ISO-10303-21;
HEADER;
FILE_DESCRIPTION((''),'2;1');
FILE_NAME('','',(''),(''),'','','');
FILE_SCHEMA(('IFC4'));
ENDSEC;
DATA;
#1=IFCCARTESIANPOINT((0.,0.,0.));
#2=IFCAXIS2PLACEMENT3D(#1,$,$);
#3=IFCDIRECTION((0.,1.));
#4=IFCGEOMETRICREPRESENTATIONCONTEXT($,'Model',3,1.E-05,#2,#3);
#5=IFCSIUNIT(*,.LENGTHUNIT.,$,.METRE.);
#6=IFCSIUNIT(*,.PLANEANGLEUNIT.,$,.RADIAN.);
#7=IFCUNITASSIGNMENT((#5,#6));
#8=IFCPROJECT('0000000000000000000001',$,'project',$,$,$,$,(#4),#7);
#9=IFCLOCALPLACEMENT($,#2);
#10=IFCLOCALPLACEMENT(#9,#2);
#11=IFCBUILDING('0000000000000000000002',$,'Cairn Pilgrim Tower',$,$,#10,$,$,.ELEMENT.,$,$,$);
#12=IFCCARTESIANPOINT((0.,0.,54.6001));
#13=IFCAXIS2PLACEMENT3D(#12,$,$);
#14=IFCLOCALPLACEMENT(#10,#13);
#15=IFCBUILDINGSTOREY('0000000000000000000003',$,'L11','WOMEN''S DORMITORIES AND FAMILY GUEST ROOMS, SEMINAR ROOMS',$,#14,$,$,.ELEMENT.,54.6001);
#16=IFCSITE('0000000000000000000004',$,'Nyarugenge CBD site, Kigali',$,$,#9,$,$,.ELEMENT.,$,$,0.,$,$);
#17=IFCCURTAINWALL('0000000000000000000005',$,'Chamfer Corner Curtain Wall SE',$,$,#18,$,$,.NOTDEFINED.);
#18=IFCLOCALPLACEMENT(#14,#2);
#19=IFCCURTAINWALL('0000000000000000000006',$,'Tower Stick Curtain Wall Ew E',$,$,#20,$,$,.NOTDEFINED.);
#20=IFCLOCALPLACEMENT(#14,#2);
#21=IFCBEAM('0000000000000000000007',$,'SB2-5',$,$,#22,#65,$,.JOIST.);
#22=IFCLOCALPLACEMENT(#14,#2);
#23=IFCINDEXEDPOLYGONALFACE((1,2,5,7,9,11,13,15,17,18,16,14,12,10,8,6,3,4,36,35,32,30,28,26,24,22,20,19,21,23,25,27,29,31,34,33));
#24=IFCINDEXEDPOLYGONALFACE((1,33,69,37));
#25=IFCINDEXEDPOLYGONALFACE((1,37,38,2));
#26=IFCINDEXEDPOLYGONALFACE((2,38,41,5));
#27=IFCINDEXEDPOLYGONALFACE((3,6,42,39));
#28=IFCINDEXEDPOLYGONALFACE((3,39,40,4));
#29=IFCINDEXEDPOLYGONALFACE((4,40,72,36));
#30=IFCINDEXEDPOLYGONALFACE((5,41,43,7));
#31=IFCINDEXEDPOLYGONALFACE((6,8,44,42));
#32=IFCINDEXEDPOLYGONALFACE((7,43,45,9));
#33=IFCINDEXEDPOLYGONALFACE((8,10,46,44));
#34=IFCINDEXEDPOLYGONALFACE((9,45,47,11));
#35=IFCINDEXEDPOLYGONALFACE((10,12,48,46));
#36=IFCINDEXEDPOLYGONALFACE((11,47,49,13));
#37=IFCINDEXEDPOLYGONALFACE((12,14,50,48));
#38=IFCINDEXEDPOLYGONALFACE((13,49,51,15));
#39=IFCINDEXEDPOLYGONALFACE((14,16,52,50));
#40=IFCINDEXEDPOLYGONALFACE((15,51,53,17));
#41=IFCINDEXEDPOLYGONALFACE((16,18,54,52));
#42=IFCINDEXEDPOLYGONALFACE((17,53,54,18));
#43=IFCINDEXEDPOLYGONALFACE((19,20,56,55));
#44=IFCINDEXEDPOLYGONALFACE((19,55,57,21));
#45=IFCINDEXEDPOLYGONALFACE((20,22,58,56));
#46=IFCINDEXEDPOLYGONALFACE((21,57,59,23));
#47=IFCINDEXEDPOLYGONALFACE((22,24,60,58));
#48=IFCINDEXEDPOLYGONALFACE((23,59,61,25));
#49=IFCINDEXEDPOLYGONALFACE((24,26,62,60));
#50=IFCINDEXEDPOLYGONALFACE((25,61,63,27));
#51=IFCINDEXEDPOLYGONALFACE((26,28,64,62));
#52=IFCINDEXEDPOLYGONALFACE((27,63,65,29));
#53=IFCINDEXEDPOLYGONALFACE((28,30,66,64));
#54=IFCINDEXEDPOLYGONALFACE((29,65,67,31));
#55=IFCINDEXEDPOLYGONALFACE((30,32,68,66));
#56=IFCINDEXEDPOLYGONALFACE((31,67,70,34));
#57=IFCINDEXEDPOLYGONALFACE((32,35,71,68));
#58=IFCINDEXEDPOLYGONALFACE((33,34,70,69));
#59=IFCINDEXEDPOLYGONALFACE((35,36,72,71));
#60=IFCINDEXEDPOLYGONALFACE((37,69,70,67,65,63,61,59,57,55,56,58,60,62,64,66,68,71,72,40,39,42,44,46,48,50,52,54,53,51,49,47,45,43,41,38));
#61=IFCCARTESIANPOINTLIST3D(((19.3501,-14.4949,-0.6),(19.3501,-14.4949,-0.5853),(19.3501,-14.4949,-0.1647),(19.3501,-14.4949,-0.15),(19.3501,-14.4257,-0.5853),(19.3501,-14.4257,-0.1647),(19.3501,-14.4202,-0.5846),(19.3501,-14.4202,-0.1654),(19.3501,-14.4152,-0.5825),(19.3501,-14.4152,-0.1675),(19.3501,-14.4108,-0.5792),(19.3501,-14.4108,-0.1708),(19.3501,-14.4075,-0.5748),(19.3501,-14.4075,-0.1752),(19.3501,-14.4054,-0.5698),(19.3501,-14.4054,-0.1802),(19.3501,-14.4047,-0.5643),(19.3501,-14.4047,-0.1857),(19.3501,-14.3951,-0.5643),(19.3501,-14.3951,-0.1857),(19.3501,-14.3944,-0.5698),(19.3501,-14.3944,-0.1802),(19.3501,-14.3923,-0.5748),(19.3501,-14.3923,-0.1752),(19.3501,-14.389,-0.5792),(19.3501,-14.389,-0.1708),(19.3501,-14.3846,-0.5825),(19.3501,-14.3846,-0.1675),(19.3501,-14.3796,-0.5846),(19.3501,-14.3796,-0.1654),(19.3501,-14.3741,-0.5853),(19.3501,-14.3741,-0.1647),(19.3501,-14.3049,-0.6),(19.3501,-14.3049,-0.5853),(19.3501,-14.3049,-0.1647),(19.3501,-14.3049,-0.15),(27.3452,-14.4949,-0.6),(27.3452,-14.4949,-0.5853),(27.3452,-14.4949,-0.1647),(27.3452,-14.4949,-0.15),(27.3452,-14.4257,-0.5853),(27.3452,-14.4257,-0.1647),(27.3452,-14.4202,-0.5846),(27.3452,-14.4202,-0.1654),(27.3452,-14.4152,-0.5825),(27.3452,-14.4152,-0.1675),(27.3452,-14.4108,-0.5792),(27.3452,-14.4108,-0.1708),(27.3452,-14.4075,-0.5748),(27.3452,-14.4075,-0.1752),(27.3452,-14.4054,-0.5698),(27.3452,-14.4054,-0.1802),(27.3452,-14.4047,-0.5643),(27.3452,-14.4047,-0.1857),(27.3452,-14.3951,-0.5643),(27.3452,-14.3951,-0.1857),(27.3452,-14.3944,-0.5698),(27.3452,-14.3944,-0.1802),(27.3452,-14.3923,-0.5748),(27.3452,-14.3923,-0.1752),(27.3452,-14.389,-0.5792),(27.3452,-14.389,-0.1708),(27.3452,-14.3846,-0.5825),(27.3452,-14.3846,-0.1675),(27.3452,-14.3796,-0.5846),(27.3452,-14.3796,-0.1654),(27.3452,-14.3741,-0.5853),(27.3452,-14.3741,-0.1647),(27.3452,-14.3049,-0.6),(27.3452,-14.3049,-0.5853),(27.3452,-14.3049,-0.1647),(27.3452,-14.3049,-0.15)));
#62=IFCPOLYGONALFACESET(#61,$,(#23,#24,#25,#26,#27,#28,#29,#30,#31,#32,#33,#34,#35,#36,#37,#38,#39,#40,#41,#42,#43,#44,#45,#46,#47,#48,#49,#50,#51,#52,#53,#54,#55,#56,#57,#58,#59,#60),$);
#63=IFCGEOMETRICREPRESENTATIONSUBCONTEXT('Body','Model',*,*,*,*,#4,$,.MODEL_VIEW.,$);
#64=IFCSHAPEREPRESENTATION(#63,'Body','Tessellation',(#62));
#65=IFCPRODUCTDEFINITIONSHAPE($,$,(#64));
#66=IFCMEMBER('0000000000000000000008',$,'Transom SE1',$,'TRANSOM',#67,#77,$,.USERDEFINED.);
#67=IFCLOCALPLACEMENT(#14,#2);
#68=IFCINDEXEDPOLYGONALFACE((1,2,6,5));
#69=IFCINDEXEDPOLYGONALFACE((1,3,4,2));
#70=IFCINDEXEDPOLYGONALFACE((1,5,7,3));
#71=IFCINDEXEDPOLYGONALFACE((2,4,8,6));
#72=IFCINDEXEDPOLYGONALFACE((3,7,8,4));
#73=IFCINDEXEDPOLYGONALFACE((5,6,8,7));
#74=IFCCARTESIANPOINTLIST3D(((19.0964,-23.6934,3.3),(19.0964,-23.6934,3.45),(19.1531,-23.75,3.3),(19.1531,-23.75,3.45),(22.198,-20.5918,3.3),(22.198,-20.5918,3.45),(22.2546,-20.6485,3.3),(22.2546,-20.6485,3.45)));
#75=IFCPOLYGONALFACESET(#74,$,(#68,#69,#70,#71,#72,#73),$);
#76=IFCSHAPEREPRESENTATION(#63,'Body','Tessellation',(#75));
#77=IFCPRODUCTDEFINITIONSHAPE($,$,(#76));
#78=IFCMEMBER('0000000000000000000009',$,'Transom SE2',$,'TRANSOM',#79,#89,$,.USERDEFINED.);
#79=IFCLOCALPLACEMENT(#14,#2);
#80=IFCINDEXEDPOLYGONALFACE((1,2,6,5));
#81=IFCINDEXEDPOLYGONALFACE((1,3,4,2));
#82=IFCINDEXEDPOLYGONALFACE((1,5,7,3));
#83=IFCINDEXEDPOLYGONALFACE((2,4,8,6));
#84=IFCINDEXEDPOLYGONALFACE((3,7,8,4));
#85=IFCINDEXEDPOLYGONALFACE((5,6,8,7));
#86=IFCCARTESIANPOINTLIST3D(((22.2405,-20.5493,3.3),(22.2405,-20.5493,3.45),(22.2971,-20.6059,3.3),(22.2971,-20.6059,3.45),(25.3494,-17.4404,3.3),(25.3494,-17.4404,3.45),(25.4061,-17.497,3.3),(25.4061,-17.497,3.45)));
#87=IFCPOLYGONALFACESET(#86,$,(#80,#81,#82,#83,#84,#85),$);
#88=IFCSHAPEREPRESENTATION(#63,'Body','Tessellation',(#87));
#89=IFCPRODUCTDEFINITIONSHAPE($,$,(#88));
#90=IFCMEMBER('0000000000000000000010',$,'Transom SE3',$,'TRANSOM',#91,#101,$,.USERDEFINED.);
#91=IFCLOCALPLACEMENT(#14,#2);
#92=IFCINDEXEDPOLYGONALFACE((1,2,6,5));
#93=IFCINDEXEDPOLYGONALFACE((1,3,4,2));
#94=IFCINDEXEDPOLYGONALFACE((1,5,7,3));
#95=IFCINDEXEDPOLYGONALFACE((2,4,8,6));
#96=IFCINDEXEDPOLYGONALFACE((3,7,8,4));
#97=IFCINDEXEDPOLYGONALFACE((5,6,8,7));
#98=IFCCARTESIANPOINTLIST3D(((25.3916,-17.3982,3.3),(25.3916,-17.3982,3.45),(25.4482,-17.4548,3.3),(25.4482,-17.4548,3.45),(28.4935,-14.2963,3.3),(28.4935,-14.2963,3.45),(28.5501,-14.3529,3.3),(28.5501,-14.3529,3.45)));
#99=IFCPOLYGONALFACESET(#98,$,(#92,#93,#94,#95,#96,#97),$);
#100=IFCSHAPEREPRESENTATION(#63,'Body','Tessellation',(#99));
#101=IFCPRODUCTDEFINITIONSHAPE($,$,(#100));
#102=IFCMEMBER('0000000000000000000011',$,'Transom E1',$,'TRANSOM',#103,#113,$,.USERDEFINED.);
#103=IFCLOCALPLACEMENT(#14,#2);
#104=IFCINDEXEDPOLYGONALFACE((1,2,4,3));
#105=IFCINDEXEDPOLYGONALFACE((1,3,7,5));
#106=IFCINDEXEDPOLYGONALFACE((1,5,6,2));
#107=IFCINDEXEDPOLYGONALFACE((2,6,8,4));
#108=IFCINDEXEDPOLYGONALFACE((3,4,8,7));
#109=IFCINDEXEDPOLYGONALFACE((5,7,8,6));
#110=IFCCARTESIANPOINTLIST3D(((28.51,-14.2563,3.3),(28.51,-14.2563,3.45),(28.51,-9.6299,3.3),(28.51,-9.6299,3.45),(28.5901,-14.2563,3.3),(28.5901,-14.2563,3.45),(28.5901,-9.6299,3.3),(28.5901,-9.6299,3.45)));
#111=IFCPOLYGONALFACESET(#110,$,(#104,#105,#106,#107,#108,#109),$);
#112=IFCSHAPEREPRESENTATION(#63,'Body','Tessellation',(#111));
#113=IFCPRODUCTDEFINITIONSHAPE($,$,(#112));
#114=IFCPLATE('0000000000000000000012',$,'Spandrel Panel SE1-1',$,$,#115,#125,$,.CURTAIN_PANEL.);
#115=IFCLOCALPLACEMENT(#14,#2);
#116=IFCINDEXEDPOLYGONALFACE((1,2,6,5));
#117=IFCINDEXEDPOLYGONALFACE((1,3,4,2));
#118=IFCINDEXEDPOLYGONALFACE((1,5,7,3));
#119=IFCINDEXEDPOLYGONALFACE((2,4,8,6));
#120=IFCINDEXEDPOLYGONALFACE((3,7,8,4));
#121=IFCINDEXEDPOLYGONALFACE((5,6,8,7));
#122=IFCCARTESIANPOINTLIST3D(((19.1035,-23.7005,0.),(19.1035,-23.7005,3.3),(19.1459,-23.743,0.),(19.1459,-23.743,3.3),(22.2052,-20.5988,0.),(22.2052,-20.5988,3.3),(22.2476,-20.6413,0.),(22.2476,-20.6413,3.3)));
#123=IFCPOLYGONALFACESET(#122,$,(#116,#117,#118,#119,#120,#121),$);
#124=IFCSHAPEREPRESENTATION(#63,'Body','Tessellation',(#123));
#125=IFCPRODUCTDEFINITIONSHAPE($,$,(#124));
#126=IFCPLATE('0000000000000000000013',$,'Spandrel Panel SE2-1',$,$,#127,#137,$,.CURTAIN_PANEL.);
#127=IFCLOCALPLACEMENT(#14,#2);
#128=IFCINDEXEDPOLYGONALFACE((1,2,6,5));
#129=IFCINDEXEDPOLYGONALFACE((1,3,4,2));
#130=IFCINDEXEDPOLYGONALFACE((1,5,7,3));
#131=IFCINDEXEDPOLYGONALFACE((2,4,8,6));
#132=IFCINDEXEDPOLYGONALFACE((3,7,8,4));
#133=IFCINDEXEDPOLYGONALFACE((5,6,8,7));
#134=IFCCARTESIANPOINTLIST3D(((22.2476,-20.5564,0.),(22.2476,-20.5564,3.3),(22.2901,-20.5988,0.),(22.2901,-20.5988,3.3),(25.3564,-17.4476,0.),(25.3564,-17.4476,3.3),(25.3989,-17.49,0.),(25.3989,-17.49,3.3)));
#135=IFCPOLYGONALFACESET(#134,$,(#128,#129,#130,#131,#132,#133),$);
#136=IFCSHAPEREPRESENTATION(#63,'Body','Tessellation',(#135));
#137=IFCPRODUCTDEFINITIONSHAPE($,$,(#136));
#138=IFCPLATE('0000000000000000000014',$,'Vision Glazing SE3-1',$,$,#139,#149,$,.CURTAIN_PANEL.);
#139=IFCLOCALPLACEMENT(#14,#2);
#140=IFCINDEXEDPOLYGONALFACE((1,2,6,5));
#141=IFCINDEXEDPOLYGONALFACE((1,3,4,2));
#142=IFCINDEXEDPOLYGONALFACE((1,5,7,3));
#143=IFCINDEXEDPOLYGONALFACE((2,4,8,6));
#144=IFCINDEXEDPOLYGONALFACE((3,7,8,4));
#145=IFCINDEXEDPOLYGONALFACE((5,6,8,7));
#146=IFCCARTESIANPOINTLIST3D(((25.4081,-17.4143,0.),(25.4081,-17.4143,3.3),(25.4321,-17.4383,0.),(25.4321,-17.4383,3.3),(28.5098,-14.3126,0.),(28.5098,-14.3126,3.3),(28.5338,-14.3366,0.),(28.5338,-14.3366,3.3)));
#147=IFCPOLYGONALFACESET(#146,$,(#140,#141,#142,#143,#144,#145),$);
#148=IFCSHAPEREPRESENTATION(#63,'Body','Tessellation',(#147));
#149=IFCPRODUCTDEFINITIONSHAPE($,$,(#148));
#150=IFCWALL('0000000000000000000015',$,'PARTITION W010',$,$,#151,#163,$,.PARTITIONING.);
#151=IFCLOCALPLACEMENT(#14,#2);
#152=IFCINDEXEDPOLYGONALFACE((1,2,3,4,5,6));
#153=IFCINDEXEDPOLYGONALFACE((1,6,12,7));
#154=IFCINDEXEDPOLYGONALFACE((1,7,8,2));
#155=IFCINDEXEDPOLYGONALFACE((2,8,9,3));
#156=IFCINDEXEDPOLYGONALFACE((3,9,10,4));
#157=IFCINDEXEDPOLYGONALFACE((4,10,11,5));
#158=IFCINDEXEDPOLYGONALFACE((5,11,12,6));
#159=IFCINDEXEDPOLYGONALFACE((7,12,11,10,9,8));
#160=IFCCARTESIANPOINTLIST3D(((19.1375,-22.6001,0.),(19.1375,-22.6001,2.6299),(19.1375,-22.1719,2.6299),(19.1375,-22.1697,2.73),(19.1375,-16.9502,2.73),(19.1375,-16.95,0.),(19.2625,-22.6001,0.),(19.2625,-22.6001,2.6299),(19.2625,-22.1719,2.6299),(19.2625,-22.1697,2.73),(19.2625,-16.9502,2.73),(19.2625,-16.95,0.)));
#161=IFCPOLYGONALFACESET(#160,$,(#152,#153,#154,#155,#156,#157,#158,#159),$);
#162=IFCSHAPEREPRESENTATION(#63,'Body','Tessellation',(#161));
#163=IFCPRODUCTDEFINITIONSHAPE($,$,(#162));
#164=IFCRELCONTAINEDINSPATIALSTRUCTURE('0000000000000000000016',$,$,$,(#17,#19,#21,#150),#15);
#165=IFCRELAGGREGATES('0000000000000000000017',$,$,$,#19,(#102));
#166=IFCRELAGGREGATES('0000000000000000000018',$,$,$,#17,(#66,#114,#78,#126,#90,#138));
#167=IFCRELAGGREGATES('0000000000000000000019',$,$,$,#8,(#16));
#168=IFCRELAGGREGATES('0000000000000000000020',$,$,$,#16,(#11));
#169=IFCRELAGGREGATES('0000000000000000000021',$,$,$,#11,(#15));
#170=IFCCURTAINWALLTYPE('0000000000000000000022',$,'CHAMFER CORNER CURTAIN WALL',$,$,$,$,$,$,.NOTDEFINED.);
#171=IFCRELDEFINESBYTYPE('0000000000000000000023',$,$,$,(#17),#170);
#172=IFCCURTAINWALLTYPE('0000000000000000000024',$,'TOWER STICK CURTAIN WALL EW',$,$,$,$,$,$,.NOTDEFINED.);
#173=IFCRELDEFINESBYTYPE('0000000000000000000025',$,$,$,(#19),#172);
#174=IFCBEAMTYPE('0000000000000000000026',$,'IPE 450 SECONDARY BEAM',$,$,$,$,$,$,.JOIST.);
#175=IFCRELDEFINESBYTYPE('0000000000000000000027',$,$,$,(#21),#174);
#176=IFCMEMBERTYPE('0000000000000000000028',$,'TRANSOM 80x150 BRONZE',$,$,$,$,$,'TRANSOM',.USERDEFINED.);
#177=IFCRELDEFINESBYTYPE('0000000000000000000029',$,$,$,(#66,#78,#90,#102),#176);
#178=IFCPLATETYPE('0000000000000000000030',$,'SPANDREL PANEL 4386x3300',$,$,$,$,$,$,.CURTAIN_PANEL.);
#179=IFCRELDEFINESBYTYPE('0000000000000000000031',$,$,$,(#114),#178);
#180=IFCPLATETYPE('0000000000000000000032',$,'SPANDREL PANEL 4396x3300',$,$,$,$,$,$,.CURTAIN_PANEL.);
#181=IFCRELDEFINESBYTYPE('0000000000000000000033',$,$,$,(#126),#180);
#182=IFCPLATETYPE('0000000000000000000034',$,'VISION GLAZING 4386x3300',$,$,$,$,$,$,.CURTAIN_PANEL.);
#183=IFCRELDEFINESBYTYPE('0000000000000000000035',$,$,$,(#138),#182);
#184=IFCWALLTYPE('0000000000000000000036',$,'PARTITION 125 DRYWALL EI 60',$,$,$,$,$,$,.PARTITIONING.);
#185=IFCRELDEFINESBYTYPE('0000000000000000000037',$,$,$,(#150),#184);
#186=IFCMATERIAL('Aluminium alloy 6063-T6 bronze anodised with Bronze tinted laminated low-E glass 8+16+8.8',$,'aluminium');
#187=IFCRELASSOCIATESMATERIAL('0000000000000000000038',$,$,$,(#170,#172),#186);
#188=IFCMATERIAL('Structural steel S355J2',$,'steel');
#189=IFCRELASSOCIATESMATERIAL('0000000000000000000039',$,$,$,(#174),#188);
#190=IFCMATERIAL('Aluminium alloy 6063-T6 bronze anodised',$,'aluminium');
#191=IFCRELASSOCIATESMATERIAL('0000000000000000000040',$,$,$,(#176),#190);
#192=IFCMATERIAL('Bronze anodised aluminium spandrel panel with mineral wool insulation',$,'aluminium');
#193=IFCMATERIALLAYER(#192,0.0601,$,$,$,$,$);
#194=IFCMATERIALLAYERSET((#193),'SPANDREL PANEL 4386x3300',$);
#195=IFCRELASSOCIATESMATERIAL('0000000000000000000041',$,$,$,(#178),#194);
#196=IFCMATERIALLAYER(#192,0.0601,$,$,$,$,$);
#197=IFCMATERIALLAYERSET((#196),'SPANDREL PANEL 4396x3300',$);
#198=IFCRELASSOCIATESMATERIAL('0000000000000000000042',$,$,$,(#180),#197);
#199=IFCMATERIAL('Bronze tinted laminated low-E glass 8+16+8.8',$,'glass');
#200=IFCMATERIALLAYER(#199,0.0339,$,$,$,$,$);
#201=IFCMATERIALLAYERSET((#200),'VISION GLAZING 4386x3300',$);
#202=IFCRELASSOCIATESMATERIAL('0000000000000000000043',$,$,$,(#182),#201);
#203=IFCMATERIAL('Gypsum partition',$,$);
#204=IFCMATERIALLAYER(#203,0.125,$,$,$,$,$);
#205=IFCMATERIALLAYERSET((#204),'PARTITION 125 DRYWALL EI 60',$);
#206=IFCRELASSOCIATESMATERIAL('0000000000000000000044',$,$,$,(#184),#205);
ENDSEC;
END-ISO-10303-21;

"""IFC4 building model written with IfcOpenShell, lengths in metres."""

from ifc_helpers import new_model, si_unit, direction, frame, origin, origin_2d, place, context, subcontext, project, spatial, polyline, rectangle, i_section, outline, extrude, material, layer, layer_set, material_profile, profile_set, type_object, element, aggregate, save


model = new_model("IFC4")

# Units and contexts
model_context = context("Model", 3, precision=1e-05, world=origin(), true_north=direction((0.0, 1.0)))
body_context = subcontext(model_context, "Body", "Model", "MODEL_VIEW")
ifc_project = project(units=[si_unit("LENGTHUNIT", "METRE"), si_unit("PLANEANGLEUNIT", "RADIAN")], contexts=[model_context])

# Site, building, storey
site_placement = place(None, origin())
site = spatial("IfcSite", under=ifc_project, at=site_placement, Name="Nyarugenge CBD site, Kigali", CompositionType="ELEMENT", RefElevation=0.0)
building_placement = place(site_placement, origin())
building = spatial("IfcBuilding", under=site, at=building_placement, Name="Cairn Pilgrim Tower", CompositionType="ELEMENT")
storey_placement = place(building_placement, frame((0.0, 0.0, 54.6001)))
storey = spatial("IfcBuildingStorey", under=building, at=storey_placement, Name="L11", Description="WOMEN'S DORMITORIES AND FAMILY GUEST ROOMS, SEMINAR ROOMS", CompositionType="ELEMENT", Elevation=54.6001)

# Shared definitions
ifc_material_1 = material(Name="Structural steel S355J2", Category="steel")

# Curtain wall
ifc_material_2 = material(Name="Aluminium alloy 6063-T6 bronze anodised with Bronze tinted laminated low-E glass 8+16+8.8", Category="aluminium")
curtain_wall_type_1 = type_object("IfcCurtainWallType", Name="CHAMFER CORNER CURTAIN WALL", PredefinedType="NOTDEFINED", material=ifc_material_2)
curtain_wall_1_placement = place(storey_placement, origin())
curtain_wall_1 = element("IfcCurtainWall", 1, at=curtain_wall_1_placement, inside=storey, type_object=curtain_wall_type_1, Name="Chamfer Corner Curtain Wall SE", PredefinedType="NOTDEFINED")
ifc_material_3 = material(Name="Aluminium alloy 6063-T6 bronze anodised", Category="aluminium")

# Curtain wall
curtain_wall_type_2 = type_object("IfcCurtainWallType", Name="TOWER STICK CURTAIN WALL EW", PredefinedType="NOTDEFINED", material=ifc_material_2)
curtain_wall_2_placement = place(storey_placement, origin())
curtain_wall_2 = element("IfcCurtainWall", 2, at=curtain_wall_2_placement, inside=storey, type_object=curtain_wall_type_2, Name="Tower Stick Curtain Wall Ew E", PredefinedType="NOTDEFINED")

# Beam
ifc_material_profile_1 = material_profile(ifc_material_1, i_section(OverallWidth=0.1899, OverallDepth=0.45, WebThickness=0.0095, FlangeThickness=0.0146, FilletRadius=0.021, at=origin_2d()), Name="IPE 450")
ifc_profile_set_1 = profile_set([ifc_material_profile_1], Name="Structural steel S355J2")
beam_type_1 = type_object("IfcBeamType", Name="IPE 450 SECONDARY BEAM", PredefinedType="JOIST", material=ifc_profile_set_1)
beam_1_placement = place(storey_placement, frame((19.3501, -14.3999, -0.375), z_axis=(1.0, 0.0, 0.0), x_axis=(0.0, 1.0, 0.0)))
element("IfcBeam", 3, at=beam_1_placement, inside=storey, type_object=beam_type_1, Name="SB2-5", PredefinedType="JOIST", context=body_context, shape_type="SweptSolid", body=[
    extrude(i_section(OverallWidth=0.1899, OverallDepth=0.45, WebThickness=0.0095, FlangeThickness=0.0146, FilletRadius=0.021, at=origin_2d()), origin(), (0.0, 0.0, 1.0), 7.9951),
])

# Members
ifc_material_profile_2 = material_profile(ifc_material_3, rectangle(XDim=0.0801, YDim=0.1499, at=origin_2d()), Name="TRANSOM 80x150 BRONZE")
ifc_profile_set_2 = profile_set([ifc_material_profile_2], Name="Aluminium alloy 6063-T6 bronze anodised")
member_type_1 = type_object("IfcMemberType", Name="TRANSOM 80x150 BRONZE", ElementType="TRANSOM", PredefinedType="USERDEFINED", material=ifc_profile_set_2)
member_1_placement = place(storey_placement, frame((19.1248, -23.7217, 3.375), z_axis=(0.707107, 0.707107, 0.0), x_axis=(-0.707107, 0.707107, 0.0)))
member_1 = element("IfcMember", 4, at=member_1_placement, type_object=member_type_1, Name="Transom SE1", ObjectType="TRANSOM", PredefinedType="USERDEFINED", context=body_context, shape_type="SweptSolid", body=[
    extrude(rectangle(XDim=0.0801, YDim=0.1499, at=origin_2d()), origin(), (0.0, 0.0, 1.0), 4.3862),
])
member_2_placement = place(storey_placement, frame((22.2688, -20.5776, 3.375), z_axis=(0.707107, 0.707107, 0.0), x_axis=(-0.707107, 0.707107, 0.0)))
member_2 = element("IfcMember", 5, at=member_2_placement, type_object=member_type_1, Name="Transom SE2", ObjectType="TRANSOM", PredefinedType="USERDEFINED", context=body_context, shape_type="SweptSolid", body=[
    extrude(rectangle(XDim=0.0801, YDim=0.1499, at=origin_2d()), origin(), (0.0, 0.0, 1.0), 4.3967),
])
member_3_placement = place(storey_placement, frame((25.4199, -17.4265, 3.375), z_axis=(0.707107, 0.707107, 0.0), x_axis=(-0.707107, 0.707107, 0.0)))
member_3 = element("IfcMember", 6, at=member_3_placement, type_object=member_type_1, Name="Transom SE3", ObjectType="TRANSOM", PredefinedType="USERDEFINED", context=body_context, shape_type="SweptSolid", body=[
    extrude(rectangle(XDim=0.0801, YDim=0.1499, at=origin_2d()), origin(), (0.0, 0.0, 1.0), 4.3867),
])
member_4_placement = place(storey_placement, frame((28.55, -14.2563, 3.375), z_axis=(0.0, 1.0, 0.0), x_axis=(-1.0, 0.0, 0.0)))
member_4 = element("IfcMember", 7, at=member_4_placement, type_object=member_type_1, Name="Transom E1", ObjectType="TRANSOM", PredefinedType="USERDEFINED", context=body_context, shape_type="SweptSolid", body=[
    extrude(rectangle(XDim=0.0801, YDim=0.1499, at=origin_2d()), origin(), (0.0, 0.0, 1.0), 4.6265),
])
aggregate(curtain_wall_2, [member_4])

# Plates
ifc_material_4 = material(Name="Bronze anodised aluminium spandrel panel with mineral wool insulation", Category="aluminium")
ifc_layer_1 = layer(ifc_material_4, 0.0601)
ifc_layer_set_1 = layer_set([ifc_layer_1], Name="SPANDREL PANEL 4386x3300")
plate_type_1 = type_object("IfcPlateType", Name="SPANDREL PANEL 4386x3300", PredefinedType="CURTAIN_PANEL", material=ifc_layer_set_1)
plate_1_placement = place(storey_placement, frame((20.6755, -22.1709, 0.0), z_axis=(0.0, 0.0, 1.0), x_axis=(0.707107, 0.707107, 0.0)))
plate_1 = element("IfcPlate", 8, at=plate_1_placement, type_object=plate_type_1, Name="Spandrel Panel SE1-1", PredefinedType="CURTAIN_PANEL", context=body_context, shape_type="SweptSolid", body=[
    extrude(rectangle(XDim=4.3865, YDim=0.0601, at=origin_2d()), origin(), (0.0, 0.0, 1.0), 3.3),
])
ifc_layer_2 = layer(ifc_material_4, 0.0601)
ifc_layer_set_2 = layer_set([ifc_layer_2], Name="SPANDREL PANEL 4396x3300")
plate_type_2 = type_object("IfcPlateType", Name="SPANDREL PANEL 4396x3300", PredefinedType="CURTAIN_PANEL", material=ifc_layer_set_2)
plate_2_placement = place(storey_placement, frame((23.8232, -19.0232, 0.0), z_axis=(0.0, 0.0, 1.0), x_axis=(0.707107, 0.707107, 0.0)))
plate_2 = element("IfcPlate", 9, at=plate_2_placement, type_object=plate_type_2, Name="Spandrel Panel SE2-1", PredefinedType="CURTAIN_PANEL", context=body_context, shape_type="SweptSolid", body=[
    extrude(rectangle(XDim=4.3965, YDim=0.0601, at=origin_2d()), origin(), (0.0, 0.0, 1.0), 3.3),
])
ifc_material_5 = material(Name="Bronze tinted laminated low-E glass 8+16+8.8", Category="glass")
ifc_layer_3 = layer(ifc_material_5, 0.0339)
ifc_layer_set_3 = layer_set([ifc_layer_3], Name="VISION GLAZING 4386x3300")
plate_type_3 = type_object("IfcPlateType", Name="VISION GLAZING 4386x3300", PredefinedType="CURTAIN_PANEL", material=ifc_layer_set_3)
plate_3_placement = place(storey_placement, frame((26.9709, -15.8755, 0.0), z_axis=(0.0, 0.0, 1.0), x_axis=(0.707107, 0.707107, 0.0)))
plate_3 = element("IfcPlate", 10, at=plate_3_placement, type_object=plate_type_3, Name="Vision Glazing SE3-1", PredefinedType="CURTAIN_PANEL", context=body_context, shape_type="SweptSolid", body=[
    extrude(rectangle(XDim=4.3865, YDim=0.0339, at=origin_2d()), origin(), (0.0, 0.0, 1.0), 3.3),
])
aggregate(curtain_wall_1, [member_1, plate_1, member_2, plate_2, member_3, plate_3])

# Wall
ifc_material_6 = material(Name="Gypsum partition")
ifc_layer_4 = layer(ifc_material_6, 0.125)
ifc_layer_set_4 = layer_set([ifc_layer_4], Name="PARTITION 125 DRYWALL EI 60")
wall_type_1 = type_object("IfcWallType", Name="PARTITION 125 DRYWALL EI 60", PredefinedType="PARTITIONING", material=ifc_layer_set_4)
wall_1_placement = place(storey_placement, frame((19.2, -22.6001, 0.0), z_axis=(0.0, 0.0, 1.0), x_axis=(0.0, 1.0, 0.0)))
element("IfcWall", 11, at=wall_1_placement, inside=storey, type_object=wall_type_1, Name="PARTITION W010", PredefinedType="PARTITIONING", context=body_context, shape_type="SweptSolid", body=[
    extrude(outline(polyline([(0.0, 0.0), (5.6501, 0.0), (5.6499, 2.73), (0.4304, 2.73), (0.4282, 2.6299), (0.0, 2.6299), (0.0, 0.0)])), frame((0.0, 0.0625, 0.0), z_axis=(0.0, -1.0, 0.0), x_axis=(1.0, 0.0, 0.0)), (0.0, 0.0, 1.0), 0.125),
])

save(model, "model.ifc")
